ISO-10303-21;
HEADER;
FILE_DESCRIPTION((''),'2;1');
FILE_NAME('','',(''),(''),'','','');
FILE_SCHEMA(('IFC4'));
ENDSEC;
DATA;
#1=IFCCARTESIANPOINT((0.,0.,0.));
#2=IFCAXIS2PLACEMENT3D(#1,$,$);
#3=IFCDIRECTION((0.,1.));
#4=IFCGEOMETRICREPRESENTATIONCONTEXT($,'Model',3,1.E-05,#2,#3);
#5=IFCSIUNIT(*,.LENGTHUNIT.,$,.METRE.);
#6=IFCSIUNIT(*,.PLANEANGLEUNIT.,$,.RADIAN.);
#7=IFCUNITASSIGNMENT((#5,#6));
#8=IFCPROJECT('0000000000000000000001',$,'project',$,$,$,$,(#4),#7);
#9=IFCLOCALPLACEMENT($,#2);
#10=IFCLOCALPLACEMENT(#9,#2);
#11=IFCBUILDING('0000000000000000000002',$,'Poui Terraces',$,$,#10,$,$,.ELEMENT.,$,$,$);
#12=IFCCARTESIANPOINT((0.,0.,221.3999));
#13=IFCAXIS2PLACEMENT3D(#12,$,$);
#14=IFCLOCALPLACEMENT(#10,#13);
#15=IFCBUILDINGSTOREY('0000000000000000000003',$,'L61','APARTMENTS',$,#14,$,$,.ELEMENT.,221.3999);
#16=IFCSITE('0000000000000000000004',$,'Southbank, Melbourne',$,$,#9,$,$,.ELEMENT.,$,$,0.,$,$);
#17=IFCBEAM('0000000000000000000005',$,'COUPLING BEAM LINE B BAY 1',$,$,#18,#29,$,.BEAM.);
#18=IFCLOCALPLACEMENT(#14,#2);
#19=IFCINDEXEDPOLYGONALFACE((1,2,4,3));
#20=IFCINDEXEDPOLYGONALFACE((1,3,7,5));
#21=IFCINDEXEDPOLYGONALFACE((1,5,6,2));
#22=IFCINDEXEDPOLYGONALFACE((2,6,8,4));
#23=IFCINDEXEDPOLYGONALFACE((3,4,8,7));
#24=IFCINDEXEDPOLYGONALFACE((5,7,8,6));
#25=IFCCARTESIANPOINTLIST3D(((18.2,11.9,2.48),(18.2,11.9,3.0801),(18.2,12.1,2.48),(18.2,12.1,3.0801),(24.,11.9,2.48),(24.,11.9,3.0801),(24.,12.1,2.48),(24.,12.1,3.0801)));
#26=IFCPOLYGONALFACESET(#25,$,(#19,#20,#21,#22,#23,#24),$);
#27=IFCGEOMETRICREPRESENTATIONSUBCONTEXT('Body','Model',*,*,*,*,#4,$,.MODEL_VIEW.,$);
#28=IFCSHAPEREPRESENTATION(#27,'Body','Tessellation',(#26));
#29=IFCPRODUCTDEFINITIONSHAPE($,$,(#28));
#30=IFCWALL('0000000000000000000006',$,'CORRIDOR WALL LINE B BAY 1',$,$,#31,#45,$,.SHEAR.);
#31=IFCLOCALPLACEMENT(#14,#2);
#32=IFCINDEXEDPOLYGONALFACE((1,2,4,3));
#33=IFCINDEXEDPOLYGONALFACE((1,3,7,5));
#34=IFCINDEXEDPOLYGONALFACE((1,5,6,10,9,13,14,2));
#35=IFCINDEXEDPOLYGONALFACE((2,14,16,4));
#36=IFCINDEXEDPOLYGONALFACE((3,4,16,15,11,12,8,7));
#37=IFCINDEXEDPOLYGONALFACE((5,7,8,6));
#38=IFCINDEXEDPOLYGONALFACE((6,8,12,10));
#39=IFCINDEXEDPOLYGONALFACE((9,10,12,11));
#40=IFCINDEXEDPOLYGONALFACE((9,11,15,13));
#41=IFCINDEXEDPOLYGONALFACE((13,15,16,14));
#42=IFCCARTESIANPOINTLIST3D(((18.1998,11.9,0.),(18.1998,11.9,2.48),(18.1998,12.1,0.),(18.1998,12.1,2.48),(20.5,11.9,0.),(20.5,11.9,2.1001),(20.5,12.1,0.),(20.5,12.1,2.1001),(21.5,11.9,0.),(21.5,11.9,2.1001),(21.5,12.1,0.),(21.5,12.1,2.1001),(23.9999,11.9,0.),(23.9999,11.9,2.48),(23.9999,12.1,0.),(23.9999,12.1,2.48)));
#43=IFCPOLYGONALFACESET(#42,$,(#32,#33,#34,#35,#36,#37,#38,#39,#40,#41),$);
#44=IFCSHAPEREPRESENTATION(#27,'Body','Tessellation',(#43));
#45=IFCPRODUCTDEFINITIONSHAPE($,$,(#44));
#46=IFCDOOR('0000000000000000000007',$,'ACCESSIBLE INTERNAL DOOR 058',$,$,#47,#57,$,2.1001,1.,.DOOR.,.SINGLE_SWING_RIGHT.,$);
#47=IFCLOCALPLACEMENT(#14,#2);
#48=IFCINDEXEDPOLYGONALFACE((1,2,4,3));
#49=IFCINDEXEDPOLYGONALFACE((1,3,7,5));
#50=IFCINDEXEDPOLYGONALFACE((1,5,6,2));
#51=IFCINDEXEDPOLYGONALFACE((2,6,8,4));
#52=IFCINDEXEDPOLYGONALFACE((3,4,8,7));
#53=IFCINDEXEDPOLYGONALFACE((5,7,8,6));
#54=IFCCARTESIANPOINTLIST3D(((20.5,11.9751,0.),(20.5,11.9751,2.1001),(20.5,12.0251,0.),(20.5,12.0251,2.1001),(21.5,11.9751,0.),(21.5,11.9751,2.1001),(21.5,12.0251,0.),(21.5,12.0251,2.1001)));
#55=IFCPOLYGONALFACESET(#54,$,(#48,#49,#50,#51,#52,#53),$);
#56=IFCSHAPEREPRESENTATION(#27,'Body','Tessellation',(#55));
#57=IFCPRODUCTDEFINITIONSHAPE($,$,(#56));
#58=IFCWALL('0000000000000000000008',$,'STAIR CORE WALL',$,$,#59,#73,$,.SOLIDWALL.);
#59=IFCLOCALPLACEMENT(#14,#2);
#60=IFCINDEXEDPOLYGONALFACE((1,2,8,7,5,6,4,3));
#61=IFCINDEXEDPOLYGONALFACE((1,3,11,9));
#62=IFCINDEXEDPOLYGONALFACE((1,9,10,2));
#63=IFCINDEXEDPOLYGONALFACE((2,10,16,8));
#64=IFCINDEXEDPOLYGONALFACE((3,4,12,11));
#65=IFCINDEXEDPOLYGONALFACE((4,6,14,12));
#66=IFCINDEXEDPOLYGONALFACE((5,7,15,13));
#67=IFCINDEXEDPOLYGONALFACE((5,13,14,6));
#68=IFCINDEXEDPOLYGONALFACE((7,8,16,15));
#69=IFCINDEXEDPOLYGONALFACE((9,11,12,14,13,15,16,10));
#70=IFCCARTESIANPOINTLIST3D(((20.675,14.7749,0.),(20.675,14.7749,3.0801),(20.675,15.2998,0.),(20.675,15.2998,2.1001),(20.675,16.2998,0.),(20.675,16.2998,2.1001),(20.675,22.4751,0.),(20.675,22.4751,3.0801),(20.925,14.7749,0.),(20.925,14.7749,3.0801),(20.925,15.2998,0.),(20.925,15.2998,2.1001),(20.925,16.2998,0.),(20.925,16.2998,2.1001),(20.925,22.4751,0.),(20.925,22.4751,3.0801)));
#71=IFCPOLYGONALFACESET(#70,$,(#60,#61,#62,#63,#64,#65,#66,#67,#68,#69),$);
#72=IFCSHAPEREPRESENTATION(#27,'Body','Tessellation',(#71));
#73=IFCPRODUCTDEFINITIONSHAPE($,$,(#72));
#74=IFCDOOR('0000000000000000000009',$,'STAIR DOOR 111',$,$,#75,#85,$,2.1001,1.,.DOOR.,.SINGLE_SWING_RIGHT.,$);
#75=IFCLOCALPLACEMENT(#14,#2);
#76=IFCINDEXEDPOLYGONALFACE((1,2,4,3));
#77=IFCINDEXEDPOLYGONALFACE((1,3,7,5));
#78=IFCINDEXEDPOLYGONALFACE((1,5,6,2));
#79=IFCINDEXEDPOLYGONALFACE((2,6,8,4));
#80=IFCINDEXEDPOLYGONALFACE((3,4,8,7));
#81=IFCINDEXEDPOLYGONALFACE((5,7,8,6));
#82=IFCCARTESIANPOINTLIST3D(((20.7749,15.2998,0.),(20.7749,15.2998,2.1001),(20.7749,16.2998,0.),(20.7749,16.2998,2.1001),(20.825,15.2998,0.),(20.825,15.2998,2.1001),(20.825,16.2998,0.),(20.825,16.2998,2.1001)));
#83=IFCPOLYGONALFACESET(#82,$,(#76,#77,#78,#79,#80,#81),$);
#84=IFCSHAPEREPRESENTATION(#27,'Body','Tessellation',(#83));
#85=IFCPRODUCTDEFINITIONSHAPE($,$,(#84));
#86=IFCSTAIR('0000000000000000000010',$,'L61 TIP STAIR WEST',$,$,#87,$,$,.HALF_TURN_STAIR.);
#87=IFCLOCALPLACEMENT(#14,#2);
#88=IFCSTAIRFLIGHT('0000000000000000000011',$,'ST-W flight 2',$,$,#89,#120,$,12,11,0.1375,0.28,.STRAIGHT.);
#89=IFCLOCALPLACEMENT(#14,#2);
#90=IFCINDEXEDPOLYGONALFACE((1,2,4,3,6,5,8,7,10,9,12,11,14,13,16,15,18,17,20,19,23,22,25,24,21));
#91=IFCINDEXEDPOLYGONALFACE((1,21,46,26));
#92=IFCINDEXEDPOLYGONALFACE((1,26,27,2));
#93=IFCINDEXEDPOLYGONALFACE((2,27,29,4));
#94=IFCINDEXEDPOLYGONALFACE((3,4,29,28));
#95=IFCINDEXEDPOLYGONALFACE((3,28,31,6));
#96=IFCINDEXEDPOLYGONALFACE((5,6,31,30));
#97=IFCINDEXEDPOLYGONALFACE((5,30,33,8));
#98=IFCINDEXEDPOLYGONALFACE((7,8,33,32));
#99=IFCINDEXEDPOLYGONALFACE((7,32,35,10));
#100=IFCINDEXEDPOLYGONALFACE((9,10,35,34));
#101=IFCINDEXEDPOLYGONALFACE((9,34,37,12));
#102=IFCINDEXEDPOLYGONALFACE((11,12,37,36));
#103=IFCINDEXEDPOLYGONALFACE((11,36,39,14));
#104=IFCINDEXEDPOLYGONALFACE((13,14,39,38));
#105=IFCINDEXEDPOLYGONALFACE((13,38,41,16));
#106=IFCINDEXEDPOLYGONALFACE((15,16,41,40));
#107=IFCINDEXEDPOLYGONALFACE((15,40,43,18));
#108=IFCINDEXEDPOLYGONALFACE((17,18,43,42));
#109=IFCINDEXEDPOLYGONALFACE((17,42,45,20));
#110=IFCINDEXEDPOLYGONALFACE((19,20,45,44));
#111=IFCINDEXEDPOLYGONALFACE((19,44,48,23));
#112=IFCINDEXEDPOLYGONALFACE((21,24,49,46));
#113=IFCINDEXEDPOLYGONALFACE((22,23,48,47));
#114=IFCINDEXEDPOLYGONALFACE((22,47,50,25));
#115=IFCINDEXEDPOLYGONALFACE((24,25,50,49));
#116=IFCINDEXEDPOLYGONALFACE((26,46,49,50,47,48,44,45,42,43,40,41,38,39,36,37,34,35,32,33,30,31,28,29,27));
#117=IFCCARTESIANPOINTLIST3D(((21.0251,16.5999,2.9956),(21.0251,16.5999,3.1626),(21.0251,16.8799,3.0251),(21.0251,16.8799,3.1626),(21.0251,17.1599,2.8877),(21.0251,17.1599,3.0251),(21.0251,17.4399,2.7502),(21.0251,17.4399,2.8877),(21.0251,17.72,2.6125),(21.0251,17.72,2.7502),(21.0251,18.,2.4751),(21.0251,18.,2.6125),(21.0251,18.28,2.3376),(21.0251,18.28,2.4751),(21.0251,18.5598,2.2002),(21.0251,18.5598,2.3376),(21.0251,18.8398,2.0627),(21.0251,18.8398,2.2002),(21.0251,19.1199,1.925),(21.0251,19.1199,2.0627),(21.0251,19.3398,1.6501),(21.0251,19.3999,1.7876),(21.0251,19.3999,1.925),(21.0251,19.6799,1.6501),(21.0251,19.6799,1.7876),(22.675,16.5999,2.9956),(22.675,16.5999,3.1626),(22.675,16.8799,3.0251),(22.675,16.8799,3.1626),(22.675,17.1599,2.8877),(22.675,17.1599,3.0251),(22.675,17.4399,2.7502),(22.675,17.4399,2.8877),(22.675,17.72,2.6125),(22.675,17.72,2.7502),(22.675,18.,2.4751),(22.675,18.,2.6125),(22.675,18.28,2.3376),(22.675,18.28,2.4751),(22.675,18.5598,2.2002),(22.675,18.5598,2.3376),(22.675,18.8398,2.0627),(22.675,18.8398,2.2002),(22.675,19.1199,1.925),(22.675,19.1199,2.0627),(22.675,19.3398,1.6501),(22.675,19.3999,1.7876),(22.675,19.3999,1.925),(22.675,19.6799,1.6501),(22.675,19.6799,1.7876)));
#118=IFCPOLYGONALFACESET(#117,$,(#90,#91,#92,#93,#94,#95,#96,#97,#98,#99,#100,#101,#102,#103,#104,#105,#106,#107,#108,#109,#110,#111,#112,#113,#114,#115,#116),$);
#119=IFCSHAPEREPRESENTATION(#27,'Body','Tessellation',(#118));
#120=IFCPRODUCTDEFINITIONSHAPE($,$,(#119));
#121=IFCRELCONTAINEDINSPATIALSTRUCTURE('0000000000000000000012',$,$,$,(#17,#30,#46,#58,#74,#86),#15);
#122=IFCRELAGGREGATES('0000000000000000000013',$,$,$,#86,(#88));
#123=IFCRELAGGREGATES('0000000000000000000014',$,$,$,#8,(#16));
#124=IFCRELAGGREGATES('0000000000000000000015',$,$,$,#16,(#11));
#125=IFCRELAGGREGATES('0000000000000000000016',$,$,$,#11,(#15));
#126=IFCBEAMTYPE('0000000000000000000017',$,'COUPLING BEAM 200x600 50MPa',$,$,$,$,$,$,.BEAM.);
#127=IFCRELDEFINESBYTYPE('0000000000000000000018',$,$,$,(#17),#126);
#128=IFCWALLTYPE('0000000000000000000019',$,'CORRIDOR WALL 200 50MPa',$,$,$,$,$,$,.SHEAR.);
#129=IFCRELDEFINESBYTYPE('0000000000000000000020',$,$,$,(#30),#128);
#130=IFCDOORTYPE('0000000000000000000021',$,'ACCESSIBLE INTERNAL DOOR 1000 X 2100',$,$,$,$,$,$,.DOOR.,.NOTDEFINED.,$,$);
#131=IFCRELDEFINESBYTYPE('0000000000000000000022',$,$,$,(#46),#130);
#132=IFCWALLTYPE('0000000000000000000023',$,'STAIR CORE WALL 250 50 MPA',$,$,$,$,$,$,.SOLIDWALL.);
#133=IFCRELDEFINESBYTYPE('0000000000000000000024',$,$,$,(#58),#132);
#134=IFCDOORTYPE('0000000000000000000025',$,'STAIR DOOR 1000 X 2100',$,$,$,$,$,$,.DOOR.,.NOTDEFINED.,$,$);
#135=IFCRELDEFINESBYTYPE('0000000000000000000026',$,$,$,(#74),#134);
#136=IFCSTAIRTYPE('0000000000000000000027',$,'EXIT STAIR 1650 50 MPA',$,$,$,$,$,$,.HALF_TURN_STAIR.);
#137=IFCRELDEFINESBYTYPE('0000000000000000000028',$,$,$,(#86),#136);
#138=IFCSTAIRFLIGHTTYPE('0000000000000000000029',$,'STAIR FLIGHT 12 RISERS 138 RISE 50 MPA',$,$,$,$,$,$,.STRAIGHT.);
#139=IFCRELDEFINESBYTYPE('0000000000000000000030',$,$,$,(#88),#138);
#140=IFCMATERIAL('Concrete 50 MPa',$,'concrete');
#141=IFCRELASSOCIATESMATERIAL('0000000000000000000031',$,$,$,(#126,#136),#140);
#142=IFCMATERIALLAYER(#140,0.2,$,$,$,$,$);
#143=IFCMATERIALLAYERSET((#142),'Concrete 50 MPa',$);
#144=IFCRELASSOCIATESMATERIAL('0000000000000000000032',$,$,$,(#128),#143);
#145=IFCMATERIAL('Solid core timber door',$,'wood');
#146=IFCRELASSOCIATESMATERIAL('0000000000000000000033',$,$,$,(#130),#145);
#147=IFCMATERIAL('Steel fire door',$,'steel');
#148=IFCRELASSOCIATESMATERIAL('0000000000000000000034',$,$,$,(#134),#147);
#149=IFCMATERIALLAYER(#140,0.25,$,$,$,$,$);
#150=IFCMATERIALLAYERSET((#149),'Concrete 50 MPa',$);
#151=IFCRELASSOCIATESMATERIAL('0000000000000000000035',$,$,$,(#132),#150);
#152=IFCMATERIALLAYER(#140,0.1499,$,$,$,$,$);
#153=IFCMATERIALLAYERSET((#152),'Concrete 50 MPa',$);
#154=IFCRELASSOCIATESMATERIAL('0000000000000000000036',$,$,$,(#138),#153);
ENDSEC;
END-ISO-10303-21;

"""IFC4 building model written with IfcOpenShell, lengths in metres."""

from ifc_helpers import new_model, si_unit, direction, frame, frame_2d, origin, origin_2d, place, context, subcontext, project, spatial, polyline, rectangle, outline, extrude, source, transform, mapped, material, layer, layer_set, material_profile, profile_set, type_object, element, fill, aggregate, save


model = new_model("IFC4")

# Units and contexts
model_context = context("Model", 3, precision=1e-05, world=origin(), true_north=direction((0.0, 1.0)))
body_context = subcontext(model_context, "Body", "Model", "MODEL_VIEW")
ifc_project = project(units=[si_unit("LENGTHUNIT", "METRE"), si_unit("PLANEANGLEUNIT", "RADIAN")], contexts=[model_context])

# Site, building, storey
site_placement = place(None, origin())
site = spatial("IfcSite", under=ifc_project, at=site_placement, Name="Southbank, Melbourne", CompositionType="ELEMENT", RefElevation=0.0)
building_placement = place(site_placement, origin())
building = spatial("IfcBuilding", under=site, at=building_placement, Name="Poui Terraces", CompositionType="ELEMENT")
storey_placement = place(building_placement, frame((0.0, 0.0, 221.3999)))
storey = spatial("IfcBuildingStorey", under=building, at=storey_placement, Name="L61", Description="APARTMENTS", CompositionType="ELEMENT", Elevation=221.3999)

# Beam
ifc_material_1 = material(Name="Concrete 50 MPa", Category="concrete")
ifc_material_profile = material_profile(ifc_material_1, rectangle(XDim=0.2, YDim=0.6001, at=origin_2d()), Name="RC 200x600")
ifc_profile_set = profile_set([ifc_material_profile], Name="Concrete 50 MPa")
beam_type = type_object("IfcBeamType", Name="COUPLING BEAM 200x600 50MPa", PredefinedType="BEAM", material=ifc_profile_set)
shared_shape = source(origin(), body_context, "Body", "SweptSolid", [
    extrude(rectangle(XDim=0.2, YDim=0.6001, at=origin_2d()), origin(), (0.0, 0.0, 1.0), 5.8),
])
beam_placement = place(storey_placement, frame((18.2, 12.0, 2.78), z_axis=(1.0, 0.0, 0.0), x_axis=(0.0, 1.0, 0.0)))
element("IfcBeam", 1, at=beam_placement, inside=storey, type_object=beam_type, Name="COUPLING BEAM LINE B BAY 1", PredefinedType="BEAM", context=body_context, shape_type="MappedRepresentation", body=[
    mapped(shared_shape, transform((0.0, 0.0, 0.0))),
])

# Wall, opening, door
ifc_layer_1 = layer(ifc_material_1, 0.2)
ifc_layer_set_1 = layer_set([ifc_layer_1], Name="Concrete 50 MPa")
wall_type_1 = type_object("IfcWallType", Name="CORRIDOR WALL 200 50MPa", PredefinedType="SHEAR", material=ifc_layer_set_1)
wall_1_placement = place(storey_placement, frame((18.2, 12.0, 0.0), z_axis=(0.0, 0.0, 1.0), x_axis=(1.0, 0.0, 0.0)))
wall_1 = element("IfcWall", 2, at=wall_1_placement, inside=storey, type_object=wall_type_1, Name="CORRIDOR WALL LINE B BAY 1", PredefinedType="SHEAR", context=body_context, shape_type="SweptSolid", body=[
    extrude(rectangle(XDim=5.8, YDim=0.2, at=frame_2d((2.8999, 0.0))), origin(), (0.0, 0.0, 1.0), 2.48),
])
opening_1_placement = place(wall_1_placement, frame((2.3, 0.0, 0.0)))
opening_1 = element("IfcOpeningElement", 3, at=opening_1_placement, cuts=wall_1, PredefinedType="OPENING", context=body_context, shape_type="SweptSolid", body=[
    extrude(rectangle(XDim=1.0, YDim=2.1001, at=frame_2d((0.5, 1.05))), frame((0.0, 0.1099, 0.0), z_axis=(0.0, -1.0, 0.0), x_axis=(1.0, 0.0, 0.0)), (0.0, 0.0, 1.0), 0.22),
])
ifc_material_2 = material(Name="Solid core timber door", Category="wood")
door_type_1 = type_object("IfcDoorType", Name="ACCESSIBLE INTERNAL DOOR 1000 X 2100", OperationType="NOTDEFINED", PredefinedType="DOOR", material=ifc_material_2)
door_1_placement = place(opening_1_placement, frame((1.0, 0.0, 0.0), z_axis=(0.0, 0.0, 1.0), x_axis=(-1.0, 0.0, 0.0)))
door_1 = element("IfcDoor", 4, at=door_1_placement, inside=storey, type_object=door_type_1, Name="ACCESSIBLE INTERNAL DOOR 058", OperationType="SINGLE_SWING_RIGHT", OverallHeight=2.1001, OverallWidth=1.0, PredefinedType="DOOR", context=body_context, shape_type="SweptSolid", body=[
    extrude(rectangle(XDim=1.0, YDim=2.1001, at=frame_2d((0.5, 1.05))), frame((0.0, 0.0249, 0.0), z_axis=(0.0, -1.0, 0.0), x_axis=(1.0, 0.0, 0.0)), (0.0, 0.0, 1.0), 0.05),
])
fill(opening_1, door_1)

# Shared definitions
ifc_material_3 = material(Name="Steel fire door", Category="steel")
door_type_2 = type_object("IfcDoorType", Name="STAIR DOOR 1000 X 2100", OperationType="NOTDEFINED", PredefinedType="DOOR", material=ifc_material_3)

# Wall, opening, door
ifc_layer_2 = layer(ifc_material_1, 0.25)
ifc_layer_set_2 = layer_set([ifc_layer_2], Name="Concrete 50 MPa")
wall_type_2 = type_object("IfcWallType", Name="STAIR CORE WALL 250 50 MPA", PredefinedType="SOLIDWALL", material=ifc_layer_set_2)
wall_2_placement = place(storey_placement, frame((20.8, 14.7749, 0.0), z_axis=(0.0, 0.0, 1.0), x_axis=(0.0, 1.0, 0.0)))
wall_2 = element("IfcWall", 5, at=wall_2_placement, inside=storey, type_object=wall_type_2, Name="STAIR CORE WALL", PredefinedType="SOLIDWALL", context=body_context, shape_type="SweptSolid", body=[
    extrude(rectangle(XDim=7.7002, YDim=0.25, at=frame_2d((3.8501, 0.0))), origin(), (0.0, 0.0, 1.0), 3.0801),
])
opening_2_placement = place(wall_2_placement, frame((0.5249, 0.0, 0.0)))
opening_2 = element("IfcOpeningElement", 6, at=opening_2_placement, cuts=wall_2, PredefinedType="OPENING", context=body_context, shape_type="SweptSolid", body=[
    extrude(rectangle(XDim=1.0, YDim=2.1001, at=frame_2d((0.5, 1.05))), frame((0.0, 0.135, 0.0), z_axis=(0.0, -1.0, 0.0), x_axis=(1.0, 0.0, 0.0)), (0.0, 0.0, 1.0), 0.27),
])
door_2_placement = place(opening_2_placement, frame((1.0, 0.0, 0.0), z_axis=(0.0, 0.0, 1.0), x_axis=(-1.0, 0.0, 0.0)))
door_2 = element("IfcDoor", 7, at=door_2_placement, inside=storey, type_object=door_type_2, Name="STAIR DOOR 111", OperationType="SINGLE_SWING_RIGHT", OverallHeight=2.1001, OverallWidth=1.0, PredefinedType="DOOR", context=body_context, shape_type="SweptSolid", body=[
    extrude(rectangle(XDim=1.0, YDim=2.1001, at=frame_2d((0.5, 1.05))), frame((0.0, 0.0249, 0.0), z_axis=(0.0, -1.0, 0.0), x_axis=(1.0, 0.0, 0.0)), (0.0, 0.0, 1.0), 0.05),
])
fill(opening_2, door_2)

# Stair, stair flight
stair_type = type_object("IfcStairType", Name="EXIT STAIR 1650 50 MPA", PredefinedType="HALF_TURN_STAIR", material=ifc_material_1)
stair_placement = place(storey_placement, origin())
stair = element("IfcStair", 8, at=stair_placement, inside=storey, type_object=stair_type, Name="L61 TIP STAIR WEST", PredefinedType="HALF_TURN_STAIR")
ifc_layer_3 = layer(ifc_material_1, 0.1499)
ifc_layer_set_3 = layer_set([ifc_layer_3], Name="Concrete 50 MPa")
stair_flight_type = type_object("IfcStairFlightType", Name="STAIR FLIGHT 12 RISERS 138 RISE 50 MPA", PredefinedType="STRAIGHT", material=ifc_layer_set_3)
stair_flight_placement = place(storey_placement, frame((21.8501, 19.6799, 1.6501), z_axis=(0.0, 0.0, 1.0), x_axis=(0.0, -1.0, 0.0)))
stair_flight = element("IfcStairFlight", 9, at=stair_flight_placement, type_object=stair_flight_type, Name="ST-W flight 2", NumberOfRisers=12, NumberOfTreads=11, PredefinedType="STRAIGHT", RiserHeight=0.1375, TreadLength=0.28, context=body_context, shape_type="SweptSolid", body=[
    extrude(outline(polyline([(0.0, 0.0), (0.0, 0.1375), (0.28, 0.1375), (0.28, 0.2749), (0.5601, 0.2749), (0.5601, 0.4126), (0.8401, 0.4126), (0.8401, 0.55), (1.1201, 0.55), (1.1201, 0.6875), (1.3999, 0.6875), (1.3999, 0.825), (1.6799, 0.825), (1.6799, 0.9624), (1.96, 0.9624), (1.96, 1.1001), (2.24, 1.1001), (2.24, 1.2375), (2.52, 1.2375), (2.52, 1.375), (2.8, 1.375), (2.8, 1.5125), (3.0801, 1.5125), (3.0801, 1.6499), (3.0801, 1.3455), (0.3401, 0.0), (0.0, 0.0)])), frame((0.0, 0.825, 0.0), z_axis=(0.0, -1.0, 0.0), x_axis=(1.0, 0.0, 0.0)), (0.0, 0.0, 1.0), 1.6499),
])
aggregate(stair, [stair_flight])

save(model, "model.ifc")
